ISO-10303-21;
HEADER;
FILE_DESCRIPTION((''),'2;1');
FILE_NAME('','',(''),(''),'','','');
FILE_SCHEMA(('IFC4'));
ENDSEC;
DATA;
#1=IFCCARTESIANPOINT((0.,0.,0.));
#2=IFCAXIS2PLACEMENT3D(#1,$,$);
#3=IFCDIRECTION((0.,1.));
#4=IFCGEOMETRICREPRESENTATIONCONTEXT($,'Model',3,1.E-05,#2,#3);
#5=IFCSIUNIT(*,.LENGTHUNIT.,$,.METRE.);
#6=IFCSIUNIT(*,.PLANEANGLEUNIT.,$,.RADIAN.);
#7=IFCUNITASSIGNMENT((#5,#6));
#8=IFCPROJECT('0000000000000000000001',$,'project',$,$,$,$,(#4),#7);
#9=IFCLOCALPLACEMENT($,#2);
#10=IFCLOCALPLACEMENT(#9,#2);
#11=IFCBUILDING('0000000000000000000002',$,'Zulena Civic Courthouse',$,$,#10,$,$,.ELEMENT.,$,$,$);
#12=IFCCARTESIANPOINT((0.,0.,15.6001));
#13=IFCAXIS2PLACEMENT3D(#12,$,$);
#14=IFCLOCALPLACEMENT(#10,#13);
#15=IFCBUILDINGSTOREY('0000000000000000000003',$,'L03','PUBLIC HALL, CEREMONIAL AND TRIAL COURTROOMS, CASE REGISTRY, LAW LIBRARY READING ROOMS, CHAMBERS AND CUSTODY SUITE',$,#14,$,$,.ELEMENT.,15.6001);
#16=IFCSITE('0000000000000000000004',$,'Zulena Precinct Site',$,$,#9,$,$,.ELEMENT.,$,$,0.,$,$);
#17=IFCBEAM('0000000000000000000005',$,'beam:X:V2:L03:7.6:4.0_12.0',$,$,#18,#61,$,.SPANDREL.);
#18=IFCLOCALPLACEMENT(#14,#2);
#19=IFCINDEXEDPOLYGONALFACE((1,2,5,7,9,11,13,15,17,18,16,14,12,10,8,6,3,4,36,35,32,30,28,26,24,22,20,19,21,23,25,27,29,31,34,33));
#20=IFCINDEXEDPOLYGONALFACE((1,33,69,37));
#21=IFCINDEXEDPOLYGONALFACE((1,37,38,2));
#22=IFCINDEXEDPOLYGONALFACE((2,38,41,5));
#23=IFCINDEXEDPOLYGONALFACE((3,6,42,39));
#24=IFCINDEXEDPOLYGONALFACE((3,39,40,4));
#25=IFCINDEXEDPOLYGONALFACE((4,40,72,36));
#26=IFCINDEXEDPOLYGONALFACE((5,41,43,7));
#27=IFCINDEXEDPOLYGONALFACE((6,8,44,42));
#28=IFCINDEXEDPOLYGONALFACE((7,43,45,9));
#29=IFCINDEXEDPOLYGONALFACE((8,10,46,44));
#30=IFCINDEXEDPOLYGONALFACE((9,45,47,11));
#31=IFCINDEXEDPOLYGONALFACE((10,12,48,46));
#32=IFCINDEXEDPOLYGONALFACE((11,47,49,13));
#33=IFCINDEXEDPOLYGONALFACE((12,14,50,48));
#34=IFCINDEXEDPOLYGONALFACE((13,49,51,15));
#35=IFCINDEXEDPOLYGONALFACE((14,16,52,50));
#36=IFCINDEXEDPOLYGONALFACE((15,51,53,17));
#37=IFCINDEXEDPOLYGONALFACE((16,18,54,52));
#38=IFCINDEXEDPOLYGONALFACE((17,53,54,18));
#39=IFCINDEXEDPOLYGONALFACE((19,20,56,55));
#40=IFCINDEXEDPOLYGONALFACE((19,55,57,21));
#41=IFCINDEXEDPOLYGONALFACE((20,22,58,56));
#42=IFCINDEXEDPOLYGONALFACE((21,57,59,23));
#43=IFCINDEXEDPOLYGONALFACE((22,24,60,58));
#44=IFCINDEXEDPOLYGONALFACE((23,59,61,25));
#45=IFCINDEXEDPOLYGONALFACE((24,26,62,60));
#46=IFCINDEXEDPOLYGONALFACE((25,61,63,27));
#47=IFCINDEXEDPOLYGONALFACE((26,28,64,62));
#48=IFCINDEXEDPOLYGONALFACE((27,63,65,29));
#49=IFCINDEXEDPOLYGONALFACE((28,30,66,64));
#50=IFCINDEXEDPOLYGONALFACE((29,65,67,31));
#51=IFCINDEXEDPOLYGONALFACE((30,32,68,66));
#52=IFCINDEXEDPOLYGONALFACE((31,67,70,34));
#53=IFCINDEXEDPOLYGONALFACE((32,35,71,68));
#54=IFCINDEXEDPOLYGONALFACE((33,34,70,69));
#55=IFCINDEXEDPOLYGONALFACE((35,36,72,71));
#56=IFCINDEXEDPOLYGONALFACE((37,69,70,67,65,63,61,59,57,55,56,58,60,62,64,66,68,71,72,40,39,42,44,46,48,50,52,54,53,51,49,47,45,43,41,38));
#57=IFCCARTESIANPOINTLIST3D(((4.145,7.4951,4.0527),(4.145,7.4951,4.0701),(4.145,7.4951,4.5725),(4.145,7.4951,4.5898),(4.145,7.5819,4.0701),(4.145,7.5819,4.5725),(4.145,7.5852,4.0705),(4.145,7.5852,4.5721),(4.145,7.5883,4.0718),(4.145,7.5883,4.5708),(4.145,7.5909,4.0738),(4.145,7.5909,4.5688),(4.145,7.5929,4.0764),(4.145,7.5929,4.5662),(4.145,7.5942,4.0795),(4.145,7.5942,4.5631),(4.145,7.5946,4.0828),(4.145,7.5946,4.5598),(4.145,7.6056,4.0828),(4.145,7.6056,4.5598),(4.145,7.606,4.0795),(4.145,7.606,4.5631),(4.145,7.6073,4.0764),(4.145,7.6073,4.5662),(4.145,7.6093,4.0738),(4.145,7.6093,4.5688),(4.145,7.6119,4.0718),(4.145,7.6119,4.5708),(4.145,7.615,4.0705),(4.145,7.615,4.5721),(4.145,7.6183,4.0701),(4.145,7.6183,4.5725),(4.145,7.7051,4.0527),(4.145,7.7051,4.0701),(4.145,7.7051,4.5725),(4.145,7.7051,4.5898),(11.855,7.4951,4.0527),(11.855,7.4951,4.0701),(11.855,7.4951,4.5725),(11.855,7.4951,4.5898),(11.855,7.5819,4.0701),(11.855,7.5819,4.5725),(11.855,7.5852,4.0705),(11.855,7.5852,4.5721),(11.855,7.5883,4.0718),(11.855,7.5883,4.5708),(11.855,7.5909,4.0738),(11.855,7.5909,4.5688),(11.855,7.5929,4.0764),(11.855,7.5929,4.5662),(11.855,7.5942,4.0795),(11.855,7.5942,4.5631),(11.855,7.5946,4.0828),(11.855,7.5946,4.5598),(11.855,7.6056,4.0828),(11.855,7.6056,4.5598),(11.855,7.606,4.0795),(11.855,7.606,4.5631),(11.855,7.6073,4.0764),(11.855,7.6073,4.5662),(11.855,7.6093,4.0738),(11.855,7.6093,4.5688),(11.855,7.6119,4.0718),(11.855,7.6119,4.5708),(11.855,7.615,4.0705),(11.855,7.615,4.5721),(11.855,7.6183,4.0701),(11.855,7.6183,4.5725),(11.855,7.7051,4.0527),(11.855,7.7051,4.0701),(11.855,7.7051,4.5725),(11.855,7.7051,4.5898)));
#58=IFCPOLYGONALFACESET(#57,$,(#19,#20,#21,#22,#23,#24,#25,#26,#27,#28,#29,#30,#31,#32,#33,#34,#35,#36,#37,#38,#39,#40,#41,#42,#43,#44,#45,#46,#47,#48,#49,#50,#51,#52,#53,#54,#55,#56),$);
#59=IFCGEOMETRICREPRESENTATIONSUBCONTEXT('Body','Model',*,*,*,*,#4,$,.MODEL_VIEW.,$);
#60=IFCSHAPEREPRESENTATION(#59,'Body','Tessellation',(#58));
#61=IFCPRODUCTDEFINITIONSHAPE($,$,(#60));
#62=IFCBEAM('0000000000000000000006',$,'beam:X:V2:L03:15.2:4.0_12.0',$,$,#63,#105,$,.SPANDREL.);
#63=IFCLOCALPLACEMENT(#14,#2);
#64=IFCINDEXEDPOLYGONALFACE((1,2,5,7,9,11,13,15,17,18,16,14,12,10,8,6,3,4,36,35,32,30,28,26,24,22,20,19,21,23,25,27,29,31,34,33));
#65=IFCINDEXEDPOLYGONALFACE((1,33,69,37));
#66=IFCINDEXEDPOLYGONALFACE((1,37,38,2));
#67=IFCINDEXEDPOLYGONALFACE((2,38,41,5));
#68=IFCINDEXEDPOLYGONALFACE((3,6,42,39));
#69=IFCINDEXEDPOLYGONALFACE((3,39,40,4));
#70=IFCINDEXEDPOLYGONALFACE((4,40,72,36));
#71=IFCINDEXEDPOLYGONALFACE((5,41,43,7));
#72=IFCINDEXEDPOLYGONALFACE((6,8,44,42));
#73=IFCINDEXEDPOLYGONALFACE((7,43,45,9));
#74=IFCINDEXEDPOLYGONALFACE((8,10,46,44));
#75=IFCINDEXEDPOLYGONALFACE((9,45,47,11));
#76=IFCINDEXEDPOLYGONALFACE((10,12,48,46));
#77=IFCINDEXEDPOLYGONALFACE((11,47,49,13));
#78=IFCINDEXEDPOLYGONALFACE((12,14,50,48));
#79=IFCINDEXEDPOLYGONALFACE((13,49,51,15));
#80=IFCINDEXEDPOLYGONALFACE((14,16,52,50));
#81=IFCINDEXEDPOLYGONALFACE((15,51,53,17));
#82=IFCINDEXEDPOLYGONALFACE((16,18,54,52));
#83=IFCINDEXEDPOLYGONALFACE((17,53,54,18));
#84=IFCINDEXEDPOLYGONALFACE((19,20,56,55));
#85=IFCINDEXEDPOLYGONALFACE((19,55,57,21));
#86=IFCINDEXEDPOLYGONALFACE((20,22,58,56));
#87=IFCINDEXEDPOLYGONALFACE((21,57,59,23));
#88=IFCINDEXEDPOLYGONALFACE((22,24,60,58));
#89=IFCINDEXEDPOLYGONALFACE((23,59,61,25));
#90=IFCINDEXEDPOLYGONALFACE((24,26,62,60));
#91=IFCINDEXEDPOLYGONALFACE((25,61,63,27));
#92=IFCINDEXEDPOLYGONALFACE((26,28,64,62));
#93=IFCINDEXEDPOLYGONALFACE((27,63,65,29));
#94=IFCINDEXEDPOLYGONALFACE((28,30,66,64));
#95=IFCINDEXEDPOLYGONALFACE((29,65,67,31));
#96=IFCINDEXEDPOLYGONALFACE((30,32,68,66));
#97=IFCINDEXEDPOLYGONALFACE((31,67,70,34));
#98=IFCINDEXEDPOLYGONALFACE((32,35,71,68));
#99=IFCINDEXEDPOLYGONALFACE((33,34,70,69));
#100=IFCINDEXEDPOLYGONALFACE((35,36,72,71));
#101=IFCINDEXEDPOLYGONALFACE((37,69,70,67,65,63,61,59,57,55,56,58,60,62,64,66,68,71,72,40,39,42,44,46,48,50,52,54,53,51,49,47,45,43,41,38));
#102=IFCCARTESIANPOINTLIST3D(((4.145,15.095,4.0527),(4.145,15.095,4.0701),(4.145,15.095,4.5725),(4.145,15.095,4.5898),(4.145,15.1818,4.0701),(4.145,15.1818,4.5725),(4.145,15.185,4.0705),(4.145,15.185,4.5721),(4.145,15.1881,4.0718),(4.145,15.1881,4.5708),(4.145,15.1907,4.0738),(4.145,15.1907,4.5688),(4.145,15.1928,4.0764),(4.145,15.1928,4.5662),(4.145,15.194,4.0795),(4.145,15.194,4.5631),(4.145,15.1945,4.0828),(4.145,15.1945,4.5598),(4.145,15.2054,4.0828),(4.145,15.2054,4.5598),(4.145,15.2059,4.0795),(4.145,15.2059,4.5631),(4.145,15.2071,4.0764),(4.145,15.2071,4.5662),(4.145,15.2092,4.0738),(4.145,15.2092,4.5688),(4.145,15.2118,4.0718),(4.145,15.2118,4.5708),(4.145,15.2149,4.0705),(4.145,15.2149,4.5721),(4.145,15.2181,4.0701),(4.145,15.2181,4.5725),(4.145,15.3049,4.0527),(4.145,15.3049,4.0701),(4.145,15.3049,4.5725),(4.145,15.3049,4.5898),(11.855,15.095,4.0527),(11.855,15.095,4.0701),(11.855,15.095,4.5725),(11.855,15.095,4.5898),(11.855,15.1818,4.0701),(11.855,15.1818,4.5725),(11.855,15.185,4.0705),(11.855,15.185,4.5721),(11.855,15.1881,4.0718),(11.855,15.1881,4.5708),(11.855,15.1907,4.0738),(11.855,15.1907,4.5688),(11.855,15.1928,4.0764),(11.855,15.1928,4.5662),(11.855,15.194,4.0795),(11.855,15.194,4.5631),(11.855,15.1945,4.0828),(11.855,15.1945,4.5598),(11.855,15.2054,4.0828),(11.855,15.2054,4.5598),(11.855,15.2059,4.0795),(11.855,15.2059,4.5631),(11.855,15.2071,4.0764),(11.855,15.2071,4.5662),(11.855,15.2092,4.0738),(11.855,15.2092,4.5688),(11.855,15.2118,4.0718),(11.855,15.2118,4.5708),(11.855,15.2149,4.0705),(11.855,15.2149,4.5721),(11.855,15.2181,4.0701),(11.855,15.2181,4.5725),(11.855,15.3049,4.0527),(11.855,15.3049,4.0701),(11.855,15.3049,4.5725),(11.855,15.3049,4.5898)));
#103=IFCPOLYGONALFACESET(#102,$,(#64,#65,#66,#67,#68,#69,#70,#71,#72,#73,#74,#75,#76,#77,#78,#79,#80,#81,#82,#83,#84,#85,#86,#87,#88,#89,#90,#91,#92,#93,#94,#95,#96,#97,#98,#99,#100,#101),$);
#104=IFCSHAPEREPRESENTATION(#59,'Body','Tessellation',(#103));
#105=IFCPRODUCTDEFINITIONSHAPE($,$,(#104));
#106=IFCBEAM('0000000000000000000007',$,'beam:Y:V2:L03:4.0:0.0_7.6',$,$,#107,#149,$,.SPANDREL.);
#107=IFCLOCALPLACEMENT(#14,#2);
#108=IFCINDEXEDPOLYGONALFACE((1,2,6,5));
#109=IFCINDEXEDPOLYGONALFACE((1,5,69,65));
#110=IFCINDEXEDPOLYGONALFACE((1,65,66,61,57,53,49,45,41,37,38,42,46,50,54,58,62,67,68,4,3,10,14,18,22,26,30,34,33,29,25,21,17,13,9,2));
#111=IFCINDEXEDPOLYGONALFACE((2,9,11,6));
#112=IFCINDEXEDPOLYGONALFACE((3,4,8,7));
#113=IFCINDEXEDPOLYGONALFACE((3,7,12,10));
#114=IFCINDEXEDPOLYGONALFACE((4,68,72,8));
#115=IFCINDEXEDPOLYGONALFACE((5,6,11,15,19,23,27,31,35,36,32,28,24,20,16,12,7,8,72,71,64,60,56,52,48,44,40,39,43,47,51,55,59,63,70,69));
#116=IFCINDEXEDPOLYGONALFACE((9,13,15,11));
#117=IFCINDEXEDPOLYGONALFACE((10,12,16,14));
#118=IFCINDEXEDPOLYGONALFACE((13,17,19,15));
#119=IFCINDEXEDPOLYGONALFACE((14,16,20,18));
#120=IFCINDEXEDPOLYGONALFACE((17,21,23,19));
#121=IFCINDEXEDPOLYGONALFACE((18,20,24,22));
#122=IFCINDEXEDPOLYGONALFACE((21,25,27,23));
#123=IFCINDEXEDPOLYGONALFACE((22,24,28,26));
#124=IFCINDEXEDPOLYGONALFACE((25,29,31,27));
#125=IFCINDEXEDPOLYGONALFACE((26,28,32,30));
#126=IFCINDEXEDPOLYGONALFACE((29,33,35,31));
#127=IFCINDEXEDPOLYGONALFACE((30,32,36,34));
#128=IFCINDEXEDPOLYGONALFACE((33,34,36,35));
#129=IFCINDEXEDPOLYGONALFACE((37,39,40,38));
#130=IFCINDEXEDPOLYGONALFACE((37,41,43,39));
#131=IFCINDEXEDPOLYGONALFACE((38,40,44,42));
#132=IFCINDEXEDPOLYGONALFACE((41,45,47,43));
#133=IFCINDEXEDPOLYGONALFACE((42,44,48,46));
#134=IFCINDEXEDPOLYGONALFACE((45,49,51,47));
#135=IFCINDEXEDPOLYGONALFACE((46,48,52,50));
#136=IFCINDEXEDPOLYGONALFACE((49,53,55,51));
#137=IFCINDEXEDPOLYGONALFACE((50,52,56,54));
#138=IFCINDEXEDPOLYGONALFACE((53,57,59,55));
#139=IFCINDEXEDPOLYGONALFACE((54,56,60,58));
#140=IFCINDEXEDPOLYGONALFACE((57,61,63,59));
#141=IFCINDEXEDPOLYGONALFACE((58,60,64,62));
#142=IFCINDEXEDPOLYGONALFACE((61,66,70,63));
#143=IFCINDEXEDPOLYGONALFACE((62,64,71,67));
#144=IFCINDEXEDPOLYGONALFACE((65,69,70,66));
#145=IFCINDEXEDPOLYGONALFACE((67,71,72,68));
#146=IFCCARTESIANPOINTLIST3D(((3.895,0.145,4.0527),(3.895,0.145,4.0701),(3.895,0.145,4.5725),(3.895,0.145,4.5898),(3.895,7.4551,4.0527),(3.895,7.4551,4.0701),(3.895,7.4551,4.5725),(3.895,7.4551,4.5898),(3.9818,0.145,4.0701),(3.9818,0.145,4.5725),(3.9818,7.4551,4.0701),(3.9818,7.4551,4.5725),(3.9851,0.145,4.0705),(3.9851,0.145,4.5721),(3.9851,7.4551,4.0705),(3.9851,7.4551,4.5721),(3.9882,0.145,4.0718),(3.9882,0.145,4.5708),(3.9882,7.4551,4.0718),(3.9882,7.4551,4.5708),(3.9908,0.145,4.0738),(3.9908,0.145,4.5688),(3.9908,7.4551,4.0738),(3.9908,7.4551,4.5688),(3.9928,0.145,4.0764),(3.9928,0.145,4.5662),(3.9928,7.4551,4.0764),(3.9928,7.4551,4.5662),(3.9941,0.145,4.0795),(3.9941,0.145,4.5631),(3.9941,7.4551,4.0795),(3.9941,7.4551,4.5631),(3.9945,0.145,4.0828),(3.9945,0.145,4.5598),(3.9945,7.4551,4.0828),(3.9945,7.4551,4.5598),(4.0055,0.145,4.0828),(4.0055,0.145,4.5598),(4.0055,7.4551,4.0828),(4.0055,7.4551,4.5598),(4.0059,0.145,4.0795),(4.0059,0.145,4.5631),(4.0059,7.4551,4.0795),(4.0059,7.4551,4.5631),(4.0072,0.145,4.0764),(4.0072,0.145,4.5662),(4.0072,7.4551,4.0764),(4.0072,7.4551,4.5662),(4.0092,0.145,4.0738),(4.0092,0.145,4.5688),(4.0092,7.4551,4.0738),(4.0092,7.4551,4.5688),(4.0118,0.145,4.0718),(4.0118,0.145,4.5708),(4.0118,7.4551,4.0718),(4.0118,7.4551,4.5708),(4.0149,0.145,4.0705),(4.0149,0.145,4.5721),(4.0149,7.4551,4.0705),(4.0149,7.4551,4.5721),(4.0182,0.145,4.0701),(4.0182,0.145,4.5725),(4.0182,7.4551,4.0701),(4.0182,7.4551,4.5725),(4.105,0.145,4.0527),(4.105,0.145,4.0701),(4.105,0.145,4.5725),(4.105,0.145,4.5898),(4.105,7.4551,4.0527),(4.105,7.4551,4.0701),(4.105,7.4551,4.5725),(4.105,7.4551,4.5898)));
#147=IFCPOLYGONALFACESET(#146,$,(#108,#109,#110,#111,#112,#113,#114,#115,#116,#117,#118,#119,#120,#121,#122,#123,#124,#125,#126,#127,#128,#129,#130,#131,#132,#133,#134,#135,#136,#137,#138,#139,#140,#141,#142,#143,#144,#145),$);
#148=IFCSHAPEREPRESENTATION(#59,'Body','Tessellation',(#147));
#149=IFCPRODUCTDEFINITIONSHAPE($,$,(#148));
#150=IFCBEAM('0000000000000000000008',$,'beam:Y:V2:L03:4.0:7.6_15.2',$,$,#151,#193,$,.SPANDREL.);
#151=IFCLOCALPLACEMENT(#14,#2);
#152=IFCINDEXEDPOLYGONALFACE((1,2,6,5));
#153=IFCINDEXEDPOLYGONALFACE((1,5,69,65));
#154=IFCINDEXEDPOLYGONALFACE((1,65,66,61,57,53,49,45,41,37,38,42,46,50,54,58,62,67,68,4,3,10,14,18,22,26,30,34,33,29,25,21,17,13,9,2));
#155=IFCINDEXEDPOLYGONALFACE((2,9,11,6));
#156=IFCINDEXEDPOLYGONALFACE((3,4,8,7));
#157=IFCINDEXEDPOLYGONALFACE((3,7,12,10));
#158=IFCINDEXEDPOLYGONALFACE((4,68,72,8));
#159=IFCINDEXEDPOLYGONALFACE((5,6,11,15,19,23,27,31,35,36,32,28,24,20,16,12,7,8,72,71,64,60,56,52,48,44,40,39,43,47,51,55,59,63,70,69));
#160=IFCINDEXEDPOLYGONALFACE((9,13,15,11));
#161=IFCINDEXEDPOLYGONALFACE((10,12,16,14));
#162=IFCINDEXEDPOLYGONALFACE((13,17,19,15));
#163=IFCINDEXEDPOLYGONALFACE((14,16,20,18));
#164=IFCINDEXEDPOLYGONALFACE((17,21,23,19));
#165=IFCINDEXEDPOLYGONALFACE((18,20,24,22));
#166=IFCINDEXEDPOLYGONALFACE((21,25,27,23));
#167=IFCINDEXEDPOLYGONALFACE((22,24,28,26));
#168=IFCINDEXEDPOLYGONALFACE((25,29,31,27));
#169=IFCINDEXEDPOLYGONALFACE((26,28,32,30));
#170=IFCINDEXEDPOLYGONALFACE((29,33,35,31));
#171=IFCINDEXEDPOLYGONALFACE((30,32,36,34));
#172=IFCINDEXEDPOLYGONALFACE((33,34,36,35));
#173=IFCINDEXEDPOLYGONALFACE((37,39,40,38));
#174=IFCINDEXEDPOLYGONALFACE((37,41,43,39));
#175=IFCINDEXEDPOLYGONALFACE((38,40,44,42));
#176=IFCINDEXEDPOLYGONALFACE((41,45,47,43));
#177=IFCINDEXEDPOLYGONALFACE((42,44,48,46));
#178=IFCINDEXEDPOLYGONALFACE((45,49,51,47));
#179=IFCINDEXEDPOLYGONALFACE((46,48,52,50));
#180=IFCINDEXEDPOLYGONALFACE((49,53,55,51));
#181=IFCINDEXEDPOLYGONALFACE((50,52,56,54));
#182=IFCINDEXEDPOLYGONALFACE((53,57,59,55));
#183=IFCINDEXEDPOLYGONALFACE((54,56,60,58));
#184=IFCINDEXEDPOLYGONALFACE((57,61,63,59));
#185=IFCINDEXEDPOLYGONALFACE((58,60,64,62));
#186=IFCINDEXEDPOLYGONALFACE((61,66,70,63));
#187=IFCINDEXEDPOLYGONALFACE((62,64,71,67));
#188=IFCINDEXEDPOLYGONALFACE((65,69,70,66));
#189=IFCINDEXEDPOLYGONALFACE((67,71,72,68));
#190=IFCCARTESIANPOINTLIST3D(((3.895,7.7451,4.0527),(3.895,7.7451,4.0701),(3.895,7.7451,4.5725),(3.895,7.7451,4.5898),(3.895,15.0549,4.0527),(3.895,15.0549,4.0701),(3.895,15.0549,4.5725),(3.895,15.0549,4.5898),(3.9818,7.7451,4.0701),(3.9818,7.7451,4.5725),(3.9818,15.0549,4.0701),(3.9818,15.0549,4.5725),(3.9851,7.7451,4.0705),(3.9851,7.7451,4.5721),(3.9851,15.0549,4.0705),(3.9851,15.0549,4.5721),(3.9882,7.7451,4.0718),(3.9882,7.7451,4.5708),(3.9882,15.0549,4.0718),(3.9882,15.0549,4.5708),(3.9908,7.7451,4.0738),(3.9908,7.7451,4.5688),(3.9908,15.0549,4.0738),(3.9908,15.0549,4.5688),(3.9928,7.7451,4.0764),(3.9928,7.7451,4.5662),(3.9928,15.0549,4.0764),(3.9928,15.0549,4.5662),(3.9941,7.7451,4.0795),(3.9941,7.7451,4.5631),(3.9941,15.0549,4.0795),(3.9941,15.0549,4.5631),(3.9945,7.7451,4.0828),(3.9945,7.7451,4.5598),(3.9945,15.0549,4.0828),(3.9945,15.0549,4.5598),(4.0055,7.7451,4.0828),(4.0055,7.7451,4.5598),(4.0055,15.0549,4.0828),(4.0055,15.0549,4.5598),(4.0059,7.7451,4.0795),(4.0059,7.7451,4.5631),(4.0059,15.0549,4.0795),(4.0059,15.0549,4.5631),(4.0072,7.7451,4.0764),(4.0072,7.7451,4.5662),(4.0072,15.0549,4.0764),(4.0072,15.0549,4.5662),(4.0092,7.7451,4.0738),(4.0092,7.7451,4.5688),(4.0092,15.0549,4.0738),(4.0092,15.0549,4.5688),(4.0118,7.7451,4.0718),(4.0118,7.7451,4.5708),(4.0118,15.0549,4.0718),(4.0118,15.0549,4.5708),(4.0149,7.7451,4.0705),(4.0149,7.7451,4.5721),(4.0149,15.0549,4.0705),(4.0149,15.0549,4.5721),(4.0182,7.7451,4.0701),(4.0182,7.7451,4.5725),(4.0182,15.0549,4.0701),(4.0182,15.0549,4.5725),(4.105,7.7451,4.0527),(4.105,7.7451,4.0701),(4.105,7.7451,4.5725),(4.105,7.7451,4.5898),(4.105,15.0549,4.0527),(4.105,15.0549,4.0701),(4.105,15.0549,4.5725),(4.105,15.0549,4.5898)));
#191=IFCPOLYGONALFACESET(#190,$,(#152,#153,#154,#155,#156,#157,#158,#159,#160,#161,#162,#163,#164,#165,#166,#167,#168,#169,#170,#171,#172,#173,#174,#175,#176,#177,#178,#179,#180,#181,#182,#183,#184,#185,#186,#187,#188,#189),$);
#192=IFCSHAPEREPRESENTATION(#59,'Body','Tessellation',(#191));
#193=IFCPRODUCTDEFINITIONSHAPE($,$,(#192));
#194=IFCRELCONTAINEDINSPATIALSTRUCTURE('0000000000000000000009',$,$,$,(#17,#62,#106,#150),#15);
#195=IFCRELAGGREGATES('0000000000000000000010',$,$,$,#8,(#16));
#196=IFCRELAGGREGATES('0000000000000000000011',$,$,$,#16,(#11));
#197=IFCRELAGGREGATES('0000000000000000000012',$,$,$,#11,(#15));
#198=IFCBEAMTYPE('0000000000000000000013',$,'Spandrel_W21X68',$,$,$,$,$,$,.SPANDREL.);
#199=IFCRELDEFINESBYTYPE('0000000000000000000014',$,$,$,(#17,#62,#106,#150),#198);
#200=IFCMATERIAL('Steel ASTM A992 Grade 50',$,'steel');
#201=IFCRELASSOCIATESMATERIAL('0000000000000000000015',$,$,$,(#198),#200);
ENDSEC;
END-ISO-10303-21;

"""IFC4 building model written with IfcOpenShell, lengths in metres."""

from ifc_helpers import new_model, si_unit, direction, frame, origin, origin_2d, place, context, subcontext, project, spatial, i_section, extrude, material, material_profile, profile_set, type_object, element, save


model = new_model("IFC4")

# Units and contexts
model_context = context("Model", 3, precision=1e-05, world=origin(), true_north=direction((0.0, 1.0)))
body_context = subcontext(model_context, "Body", "Model", "MODEL_VIEW")
ifc_project = project(units=[si_unit("LENGTHUNIT", "METRE"), si_unit("PLANEANGLEUNIT", "RADIAN")], contexts=[model_context])

# Site, building, storey
site_placement = place(None, origin())
site = spatial("IfcSite", under=ifc_project, at=site_placement, Name="Zulena Precinct Site", CompositionType="ELEMENT", RefElevation=0.0)
building_placement = place(site_placement, origin())
building = spatial("IfcBuilding", under=site, at=building_placement, Name="Zulena Civic Courthouse", CompositionType="ELEMENT")
storey_placement = place(building_placement, frame((0.0, 0.0, 15.6001)))
storey = spatial("IfcBuildingStorey", under=building, at=storey_placement, Name="L03", Description="PUBLIC HALL, CEREMONIAL AND TRIAL COURTROOMS, CASE REGISTRY, LAW LIBRARY READING ROOMS, CHAMBERS AND CUSTODY SUITE", CompositionType="ELEMENT", Elevation=15.6001)

# Shared definitions
ifc_material_1 = material(Name="Steel ASTM A992 Grade 50", Category="steel")

# Beams
ifc_material_profile_1 = material_profile(ifc_material_1, i_section(OverallWidth=0.21, OverallDepth=0.5371, WebThickness=0.011, FlangeThickness=0.0173, FilletRadius=0.0127, at=origin_2d()), Name="W21X68")
ifc_profile_set_1 = profile_set([ifc_material_profile_1], Name="Steel ASTM A992 Grade 50")
beam_type_1 = type_object("IfcBeamType", Name="Spandrel_W21X68", PredefinedType="SPANDREL", material=ifc_profile_set_1)
for number, where, z_axis, x_axis, name in (
    (1, (4.145, 7.6001, 4.3213), (1.0, 0.0, 0.0), (0.0, 1.0, 0.0), "beam:X:V2:L03:7.6:4.0_12.0"),
    (2, (4.145, 15.2, 4.3213), (1.0, 0.0, 0.0), (0.0, 1.0, 0.0), "beam:X:V2:L03:15.2:4.0_12.0"),
):
    element("IfcBeam", number, at=place(storey_placement, frame(where, z_axis=z_axis, x_axis=x_axis)), inside=storey, type_object=beam_type_1, Name=name, PredefinedType="SPANDREL", context=body_context, shape_type="SweptSolid", body=[
        extrude(i_section(OverallWidth=0.21, OverallDepth=0.5371, WebThickness=0.011, FlangeThickness=0.0173, FilletRadius=0.0127, at=origin_2d()), origin(), (0.0, 0.0, 1.0), 7.71),
    ])
beam_1_placement = place(storey_placement, frame((4.0, 0.145, 4.3213), z_axis=(0.0, 1.0, 0.0), x_axis=(-1.0, 0.0, 0.0)))
element("IfcBeam", 3, at=beam_1_placement, inside=storey, type_object=beam_type_1, Name="beam:Y:V2:L03:4.0:0.0_7.6", PredefinedType="SPANDREL", context=body_context, shape_type="SweptSolid", body=[
    extrude(i_section(OverallWidth=0.21, OverallDepth=0.5371, WebThickness=0.011, FlangeThickness=0.0173, FilletRadius=0.0127, at=origin_2d()), origin(), (0.0, 0.0, 1.0), 7.3101),
])
beam_2_placement = place(storey_placement, frame((4.0, 7.7451, 4.3213), z_axis=(0.0, 1.0, 0.0), x_axis=(-1.0, 0.0, 0.0)))
element("IfcBeam", 4, at=beam_2_placement, inside=storey, type_object=beam_type_1, Name="beam:Y:V2:L03:4.0:7.6_15.2", PredefinedType="SPANDREL", context=body_context, shape_type="SweptSolid", body=[
    extrude(i_section(OverallWidth=0.21, OverallDepth=0.5371, WebThickness=0.011, FlangeThickness=0.0173, FilletRadius=0.0127, at=origin_2d()), origin(), (0.0, 0.0, 1.0), 7.3098),
])

save(model, "model.ifc")
